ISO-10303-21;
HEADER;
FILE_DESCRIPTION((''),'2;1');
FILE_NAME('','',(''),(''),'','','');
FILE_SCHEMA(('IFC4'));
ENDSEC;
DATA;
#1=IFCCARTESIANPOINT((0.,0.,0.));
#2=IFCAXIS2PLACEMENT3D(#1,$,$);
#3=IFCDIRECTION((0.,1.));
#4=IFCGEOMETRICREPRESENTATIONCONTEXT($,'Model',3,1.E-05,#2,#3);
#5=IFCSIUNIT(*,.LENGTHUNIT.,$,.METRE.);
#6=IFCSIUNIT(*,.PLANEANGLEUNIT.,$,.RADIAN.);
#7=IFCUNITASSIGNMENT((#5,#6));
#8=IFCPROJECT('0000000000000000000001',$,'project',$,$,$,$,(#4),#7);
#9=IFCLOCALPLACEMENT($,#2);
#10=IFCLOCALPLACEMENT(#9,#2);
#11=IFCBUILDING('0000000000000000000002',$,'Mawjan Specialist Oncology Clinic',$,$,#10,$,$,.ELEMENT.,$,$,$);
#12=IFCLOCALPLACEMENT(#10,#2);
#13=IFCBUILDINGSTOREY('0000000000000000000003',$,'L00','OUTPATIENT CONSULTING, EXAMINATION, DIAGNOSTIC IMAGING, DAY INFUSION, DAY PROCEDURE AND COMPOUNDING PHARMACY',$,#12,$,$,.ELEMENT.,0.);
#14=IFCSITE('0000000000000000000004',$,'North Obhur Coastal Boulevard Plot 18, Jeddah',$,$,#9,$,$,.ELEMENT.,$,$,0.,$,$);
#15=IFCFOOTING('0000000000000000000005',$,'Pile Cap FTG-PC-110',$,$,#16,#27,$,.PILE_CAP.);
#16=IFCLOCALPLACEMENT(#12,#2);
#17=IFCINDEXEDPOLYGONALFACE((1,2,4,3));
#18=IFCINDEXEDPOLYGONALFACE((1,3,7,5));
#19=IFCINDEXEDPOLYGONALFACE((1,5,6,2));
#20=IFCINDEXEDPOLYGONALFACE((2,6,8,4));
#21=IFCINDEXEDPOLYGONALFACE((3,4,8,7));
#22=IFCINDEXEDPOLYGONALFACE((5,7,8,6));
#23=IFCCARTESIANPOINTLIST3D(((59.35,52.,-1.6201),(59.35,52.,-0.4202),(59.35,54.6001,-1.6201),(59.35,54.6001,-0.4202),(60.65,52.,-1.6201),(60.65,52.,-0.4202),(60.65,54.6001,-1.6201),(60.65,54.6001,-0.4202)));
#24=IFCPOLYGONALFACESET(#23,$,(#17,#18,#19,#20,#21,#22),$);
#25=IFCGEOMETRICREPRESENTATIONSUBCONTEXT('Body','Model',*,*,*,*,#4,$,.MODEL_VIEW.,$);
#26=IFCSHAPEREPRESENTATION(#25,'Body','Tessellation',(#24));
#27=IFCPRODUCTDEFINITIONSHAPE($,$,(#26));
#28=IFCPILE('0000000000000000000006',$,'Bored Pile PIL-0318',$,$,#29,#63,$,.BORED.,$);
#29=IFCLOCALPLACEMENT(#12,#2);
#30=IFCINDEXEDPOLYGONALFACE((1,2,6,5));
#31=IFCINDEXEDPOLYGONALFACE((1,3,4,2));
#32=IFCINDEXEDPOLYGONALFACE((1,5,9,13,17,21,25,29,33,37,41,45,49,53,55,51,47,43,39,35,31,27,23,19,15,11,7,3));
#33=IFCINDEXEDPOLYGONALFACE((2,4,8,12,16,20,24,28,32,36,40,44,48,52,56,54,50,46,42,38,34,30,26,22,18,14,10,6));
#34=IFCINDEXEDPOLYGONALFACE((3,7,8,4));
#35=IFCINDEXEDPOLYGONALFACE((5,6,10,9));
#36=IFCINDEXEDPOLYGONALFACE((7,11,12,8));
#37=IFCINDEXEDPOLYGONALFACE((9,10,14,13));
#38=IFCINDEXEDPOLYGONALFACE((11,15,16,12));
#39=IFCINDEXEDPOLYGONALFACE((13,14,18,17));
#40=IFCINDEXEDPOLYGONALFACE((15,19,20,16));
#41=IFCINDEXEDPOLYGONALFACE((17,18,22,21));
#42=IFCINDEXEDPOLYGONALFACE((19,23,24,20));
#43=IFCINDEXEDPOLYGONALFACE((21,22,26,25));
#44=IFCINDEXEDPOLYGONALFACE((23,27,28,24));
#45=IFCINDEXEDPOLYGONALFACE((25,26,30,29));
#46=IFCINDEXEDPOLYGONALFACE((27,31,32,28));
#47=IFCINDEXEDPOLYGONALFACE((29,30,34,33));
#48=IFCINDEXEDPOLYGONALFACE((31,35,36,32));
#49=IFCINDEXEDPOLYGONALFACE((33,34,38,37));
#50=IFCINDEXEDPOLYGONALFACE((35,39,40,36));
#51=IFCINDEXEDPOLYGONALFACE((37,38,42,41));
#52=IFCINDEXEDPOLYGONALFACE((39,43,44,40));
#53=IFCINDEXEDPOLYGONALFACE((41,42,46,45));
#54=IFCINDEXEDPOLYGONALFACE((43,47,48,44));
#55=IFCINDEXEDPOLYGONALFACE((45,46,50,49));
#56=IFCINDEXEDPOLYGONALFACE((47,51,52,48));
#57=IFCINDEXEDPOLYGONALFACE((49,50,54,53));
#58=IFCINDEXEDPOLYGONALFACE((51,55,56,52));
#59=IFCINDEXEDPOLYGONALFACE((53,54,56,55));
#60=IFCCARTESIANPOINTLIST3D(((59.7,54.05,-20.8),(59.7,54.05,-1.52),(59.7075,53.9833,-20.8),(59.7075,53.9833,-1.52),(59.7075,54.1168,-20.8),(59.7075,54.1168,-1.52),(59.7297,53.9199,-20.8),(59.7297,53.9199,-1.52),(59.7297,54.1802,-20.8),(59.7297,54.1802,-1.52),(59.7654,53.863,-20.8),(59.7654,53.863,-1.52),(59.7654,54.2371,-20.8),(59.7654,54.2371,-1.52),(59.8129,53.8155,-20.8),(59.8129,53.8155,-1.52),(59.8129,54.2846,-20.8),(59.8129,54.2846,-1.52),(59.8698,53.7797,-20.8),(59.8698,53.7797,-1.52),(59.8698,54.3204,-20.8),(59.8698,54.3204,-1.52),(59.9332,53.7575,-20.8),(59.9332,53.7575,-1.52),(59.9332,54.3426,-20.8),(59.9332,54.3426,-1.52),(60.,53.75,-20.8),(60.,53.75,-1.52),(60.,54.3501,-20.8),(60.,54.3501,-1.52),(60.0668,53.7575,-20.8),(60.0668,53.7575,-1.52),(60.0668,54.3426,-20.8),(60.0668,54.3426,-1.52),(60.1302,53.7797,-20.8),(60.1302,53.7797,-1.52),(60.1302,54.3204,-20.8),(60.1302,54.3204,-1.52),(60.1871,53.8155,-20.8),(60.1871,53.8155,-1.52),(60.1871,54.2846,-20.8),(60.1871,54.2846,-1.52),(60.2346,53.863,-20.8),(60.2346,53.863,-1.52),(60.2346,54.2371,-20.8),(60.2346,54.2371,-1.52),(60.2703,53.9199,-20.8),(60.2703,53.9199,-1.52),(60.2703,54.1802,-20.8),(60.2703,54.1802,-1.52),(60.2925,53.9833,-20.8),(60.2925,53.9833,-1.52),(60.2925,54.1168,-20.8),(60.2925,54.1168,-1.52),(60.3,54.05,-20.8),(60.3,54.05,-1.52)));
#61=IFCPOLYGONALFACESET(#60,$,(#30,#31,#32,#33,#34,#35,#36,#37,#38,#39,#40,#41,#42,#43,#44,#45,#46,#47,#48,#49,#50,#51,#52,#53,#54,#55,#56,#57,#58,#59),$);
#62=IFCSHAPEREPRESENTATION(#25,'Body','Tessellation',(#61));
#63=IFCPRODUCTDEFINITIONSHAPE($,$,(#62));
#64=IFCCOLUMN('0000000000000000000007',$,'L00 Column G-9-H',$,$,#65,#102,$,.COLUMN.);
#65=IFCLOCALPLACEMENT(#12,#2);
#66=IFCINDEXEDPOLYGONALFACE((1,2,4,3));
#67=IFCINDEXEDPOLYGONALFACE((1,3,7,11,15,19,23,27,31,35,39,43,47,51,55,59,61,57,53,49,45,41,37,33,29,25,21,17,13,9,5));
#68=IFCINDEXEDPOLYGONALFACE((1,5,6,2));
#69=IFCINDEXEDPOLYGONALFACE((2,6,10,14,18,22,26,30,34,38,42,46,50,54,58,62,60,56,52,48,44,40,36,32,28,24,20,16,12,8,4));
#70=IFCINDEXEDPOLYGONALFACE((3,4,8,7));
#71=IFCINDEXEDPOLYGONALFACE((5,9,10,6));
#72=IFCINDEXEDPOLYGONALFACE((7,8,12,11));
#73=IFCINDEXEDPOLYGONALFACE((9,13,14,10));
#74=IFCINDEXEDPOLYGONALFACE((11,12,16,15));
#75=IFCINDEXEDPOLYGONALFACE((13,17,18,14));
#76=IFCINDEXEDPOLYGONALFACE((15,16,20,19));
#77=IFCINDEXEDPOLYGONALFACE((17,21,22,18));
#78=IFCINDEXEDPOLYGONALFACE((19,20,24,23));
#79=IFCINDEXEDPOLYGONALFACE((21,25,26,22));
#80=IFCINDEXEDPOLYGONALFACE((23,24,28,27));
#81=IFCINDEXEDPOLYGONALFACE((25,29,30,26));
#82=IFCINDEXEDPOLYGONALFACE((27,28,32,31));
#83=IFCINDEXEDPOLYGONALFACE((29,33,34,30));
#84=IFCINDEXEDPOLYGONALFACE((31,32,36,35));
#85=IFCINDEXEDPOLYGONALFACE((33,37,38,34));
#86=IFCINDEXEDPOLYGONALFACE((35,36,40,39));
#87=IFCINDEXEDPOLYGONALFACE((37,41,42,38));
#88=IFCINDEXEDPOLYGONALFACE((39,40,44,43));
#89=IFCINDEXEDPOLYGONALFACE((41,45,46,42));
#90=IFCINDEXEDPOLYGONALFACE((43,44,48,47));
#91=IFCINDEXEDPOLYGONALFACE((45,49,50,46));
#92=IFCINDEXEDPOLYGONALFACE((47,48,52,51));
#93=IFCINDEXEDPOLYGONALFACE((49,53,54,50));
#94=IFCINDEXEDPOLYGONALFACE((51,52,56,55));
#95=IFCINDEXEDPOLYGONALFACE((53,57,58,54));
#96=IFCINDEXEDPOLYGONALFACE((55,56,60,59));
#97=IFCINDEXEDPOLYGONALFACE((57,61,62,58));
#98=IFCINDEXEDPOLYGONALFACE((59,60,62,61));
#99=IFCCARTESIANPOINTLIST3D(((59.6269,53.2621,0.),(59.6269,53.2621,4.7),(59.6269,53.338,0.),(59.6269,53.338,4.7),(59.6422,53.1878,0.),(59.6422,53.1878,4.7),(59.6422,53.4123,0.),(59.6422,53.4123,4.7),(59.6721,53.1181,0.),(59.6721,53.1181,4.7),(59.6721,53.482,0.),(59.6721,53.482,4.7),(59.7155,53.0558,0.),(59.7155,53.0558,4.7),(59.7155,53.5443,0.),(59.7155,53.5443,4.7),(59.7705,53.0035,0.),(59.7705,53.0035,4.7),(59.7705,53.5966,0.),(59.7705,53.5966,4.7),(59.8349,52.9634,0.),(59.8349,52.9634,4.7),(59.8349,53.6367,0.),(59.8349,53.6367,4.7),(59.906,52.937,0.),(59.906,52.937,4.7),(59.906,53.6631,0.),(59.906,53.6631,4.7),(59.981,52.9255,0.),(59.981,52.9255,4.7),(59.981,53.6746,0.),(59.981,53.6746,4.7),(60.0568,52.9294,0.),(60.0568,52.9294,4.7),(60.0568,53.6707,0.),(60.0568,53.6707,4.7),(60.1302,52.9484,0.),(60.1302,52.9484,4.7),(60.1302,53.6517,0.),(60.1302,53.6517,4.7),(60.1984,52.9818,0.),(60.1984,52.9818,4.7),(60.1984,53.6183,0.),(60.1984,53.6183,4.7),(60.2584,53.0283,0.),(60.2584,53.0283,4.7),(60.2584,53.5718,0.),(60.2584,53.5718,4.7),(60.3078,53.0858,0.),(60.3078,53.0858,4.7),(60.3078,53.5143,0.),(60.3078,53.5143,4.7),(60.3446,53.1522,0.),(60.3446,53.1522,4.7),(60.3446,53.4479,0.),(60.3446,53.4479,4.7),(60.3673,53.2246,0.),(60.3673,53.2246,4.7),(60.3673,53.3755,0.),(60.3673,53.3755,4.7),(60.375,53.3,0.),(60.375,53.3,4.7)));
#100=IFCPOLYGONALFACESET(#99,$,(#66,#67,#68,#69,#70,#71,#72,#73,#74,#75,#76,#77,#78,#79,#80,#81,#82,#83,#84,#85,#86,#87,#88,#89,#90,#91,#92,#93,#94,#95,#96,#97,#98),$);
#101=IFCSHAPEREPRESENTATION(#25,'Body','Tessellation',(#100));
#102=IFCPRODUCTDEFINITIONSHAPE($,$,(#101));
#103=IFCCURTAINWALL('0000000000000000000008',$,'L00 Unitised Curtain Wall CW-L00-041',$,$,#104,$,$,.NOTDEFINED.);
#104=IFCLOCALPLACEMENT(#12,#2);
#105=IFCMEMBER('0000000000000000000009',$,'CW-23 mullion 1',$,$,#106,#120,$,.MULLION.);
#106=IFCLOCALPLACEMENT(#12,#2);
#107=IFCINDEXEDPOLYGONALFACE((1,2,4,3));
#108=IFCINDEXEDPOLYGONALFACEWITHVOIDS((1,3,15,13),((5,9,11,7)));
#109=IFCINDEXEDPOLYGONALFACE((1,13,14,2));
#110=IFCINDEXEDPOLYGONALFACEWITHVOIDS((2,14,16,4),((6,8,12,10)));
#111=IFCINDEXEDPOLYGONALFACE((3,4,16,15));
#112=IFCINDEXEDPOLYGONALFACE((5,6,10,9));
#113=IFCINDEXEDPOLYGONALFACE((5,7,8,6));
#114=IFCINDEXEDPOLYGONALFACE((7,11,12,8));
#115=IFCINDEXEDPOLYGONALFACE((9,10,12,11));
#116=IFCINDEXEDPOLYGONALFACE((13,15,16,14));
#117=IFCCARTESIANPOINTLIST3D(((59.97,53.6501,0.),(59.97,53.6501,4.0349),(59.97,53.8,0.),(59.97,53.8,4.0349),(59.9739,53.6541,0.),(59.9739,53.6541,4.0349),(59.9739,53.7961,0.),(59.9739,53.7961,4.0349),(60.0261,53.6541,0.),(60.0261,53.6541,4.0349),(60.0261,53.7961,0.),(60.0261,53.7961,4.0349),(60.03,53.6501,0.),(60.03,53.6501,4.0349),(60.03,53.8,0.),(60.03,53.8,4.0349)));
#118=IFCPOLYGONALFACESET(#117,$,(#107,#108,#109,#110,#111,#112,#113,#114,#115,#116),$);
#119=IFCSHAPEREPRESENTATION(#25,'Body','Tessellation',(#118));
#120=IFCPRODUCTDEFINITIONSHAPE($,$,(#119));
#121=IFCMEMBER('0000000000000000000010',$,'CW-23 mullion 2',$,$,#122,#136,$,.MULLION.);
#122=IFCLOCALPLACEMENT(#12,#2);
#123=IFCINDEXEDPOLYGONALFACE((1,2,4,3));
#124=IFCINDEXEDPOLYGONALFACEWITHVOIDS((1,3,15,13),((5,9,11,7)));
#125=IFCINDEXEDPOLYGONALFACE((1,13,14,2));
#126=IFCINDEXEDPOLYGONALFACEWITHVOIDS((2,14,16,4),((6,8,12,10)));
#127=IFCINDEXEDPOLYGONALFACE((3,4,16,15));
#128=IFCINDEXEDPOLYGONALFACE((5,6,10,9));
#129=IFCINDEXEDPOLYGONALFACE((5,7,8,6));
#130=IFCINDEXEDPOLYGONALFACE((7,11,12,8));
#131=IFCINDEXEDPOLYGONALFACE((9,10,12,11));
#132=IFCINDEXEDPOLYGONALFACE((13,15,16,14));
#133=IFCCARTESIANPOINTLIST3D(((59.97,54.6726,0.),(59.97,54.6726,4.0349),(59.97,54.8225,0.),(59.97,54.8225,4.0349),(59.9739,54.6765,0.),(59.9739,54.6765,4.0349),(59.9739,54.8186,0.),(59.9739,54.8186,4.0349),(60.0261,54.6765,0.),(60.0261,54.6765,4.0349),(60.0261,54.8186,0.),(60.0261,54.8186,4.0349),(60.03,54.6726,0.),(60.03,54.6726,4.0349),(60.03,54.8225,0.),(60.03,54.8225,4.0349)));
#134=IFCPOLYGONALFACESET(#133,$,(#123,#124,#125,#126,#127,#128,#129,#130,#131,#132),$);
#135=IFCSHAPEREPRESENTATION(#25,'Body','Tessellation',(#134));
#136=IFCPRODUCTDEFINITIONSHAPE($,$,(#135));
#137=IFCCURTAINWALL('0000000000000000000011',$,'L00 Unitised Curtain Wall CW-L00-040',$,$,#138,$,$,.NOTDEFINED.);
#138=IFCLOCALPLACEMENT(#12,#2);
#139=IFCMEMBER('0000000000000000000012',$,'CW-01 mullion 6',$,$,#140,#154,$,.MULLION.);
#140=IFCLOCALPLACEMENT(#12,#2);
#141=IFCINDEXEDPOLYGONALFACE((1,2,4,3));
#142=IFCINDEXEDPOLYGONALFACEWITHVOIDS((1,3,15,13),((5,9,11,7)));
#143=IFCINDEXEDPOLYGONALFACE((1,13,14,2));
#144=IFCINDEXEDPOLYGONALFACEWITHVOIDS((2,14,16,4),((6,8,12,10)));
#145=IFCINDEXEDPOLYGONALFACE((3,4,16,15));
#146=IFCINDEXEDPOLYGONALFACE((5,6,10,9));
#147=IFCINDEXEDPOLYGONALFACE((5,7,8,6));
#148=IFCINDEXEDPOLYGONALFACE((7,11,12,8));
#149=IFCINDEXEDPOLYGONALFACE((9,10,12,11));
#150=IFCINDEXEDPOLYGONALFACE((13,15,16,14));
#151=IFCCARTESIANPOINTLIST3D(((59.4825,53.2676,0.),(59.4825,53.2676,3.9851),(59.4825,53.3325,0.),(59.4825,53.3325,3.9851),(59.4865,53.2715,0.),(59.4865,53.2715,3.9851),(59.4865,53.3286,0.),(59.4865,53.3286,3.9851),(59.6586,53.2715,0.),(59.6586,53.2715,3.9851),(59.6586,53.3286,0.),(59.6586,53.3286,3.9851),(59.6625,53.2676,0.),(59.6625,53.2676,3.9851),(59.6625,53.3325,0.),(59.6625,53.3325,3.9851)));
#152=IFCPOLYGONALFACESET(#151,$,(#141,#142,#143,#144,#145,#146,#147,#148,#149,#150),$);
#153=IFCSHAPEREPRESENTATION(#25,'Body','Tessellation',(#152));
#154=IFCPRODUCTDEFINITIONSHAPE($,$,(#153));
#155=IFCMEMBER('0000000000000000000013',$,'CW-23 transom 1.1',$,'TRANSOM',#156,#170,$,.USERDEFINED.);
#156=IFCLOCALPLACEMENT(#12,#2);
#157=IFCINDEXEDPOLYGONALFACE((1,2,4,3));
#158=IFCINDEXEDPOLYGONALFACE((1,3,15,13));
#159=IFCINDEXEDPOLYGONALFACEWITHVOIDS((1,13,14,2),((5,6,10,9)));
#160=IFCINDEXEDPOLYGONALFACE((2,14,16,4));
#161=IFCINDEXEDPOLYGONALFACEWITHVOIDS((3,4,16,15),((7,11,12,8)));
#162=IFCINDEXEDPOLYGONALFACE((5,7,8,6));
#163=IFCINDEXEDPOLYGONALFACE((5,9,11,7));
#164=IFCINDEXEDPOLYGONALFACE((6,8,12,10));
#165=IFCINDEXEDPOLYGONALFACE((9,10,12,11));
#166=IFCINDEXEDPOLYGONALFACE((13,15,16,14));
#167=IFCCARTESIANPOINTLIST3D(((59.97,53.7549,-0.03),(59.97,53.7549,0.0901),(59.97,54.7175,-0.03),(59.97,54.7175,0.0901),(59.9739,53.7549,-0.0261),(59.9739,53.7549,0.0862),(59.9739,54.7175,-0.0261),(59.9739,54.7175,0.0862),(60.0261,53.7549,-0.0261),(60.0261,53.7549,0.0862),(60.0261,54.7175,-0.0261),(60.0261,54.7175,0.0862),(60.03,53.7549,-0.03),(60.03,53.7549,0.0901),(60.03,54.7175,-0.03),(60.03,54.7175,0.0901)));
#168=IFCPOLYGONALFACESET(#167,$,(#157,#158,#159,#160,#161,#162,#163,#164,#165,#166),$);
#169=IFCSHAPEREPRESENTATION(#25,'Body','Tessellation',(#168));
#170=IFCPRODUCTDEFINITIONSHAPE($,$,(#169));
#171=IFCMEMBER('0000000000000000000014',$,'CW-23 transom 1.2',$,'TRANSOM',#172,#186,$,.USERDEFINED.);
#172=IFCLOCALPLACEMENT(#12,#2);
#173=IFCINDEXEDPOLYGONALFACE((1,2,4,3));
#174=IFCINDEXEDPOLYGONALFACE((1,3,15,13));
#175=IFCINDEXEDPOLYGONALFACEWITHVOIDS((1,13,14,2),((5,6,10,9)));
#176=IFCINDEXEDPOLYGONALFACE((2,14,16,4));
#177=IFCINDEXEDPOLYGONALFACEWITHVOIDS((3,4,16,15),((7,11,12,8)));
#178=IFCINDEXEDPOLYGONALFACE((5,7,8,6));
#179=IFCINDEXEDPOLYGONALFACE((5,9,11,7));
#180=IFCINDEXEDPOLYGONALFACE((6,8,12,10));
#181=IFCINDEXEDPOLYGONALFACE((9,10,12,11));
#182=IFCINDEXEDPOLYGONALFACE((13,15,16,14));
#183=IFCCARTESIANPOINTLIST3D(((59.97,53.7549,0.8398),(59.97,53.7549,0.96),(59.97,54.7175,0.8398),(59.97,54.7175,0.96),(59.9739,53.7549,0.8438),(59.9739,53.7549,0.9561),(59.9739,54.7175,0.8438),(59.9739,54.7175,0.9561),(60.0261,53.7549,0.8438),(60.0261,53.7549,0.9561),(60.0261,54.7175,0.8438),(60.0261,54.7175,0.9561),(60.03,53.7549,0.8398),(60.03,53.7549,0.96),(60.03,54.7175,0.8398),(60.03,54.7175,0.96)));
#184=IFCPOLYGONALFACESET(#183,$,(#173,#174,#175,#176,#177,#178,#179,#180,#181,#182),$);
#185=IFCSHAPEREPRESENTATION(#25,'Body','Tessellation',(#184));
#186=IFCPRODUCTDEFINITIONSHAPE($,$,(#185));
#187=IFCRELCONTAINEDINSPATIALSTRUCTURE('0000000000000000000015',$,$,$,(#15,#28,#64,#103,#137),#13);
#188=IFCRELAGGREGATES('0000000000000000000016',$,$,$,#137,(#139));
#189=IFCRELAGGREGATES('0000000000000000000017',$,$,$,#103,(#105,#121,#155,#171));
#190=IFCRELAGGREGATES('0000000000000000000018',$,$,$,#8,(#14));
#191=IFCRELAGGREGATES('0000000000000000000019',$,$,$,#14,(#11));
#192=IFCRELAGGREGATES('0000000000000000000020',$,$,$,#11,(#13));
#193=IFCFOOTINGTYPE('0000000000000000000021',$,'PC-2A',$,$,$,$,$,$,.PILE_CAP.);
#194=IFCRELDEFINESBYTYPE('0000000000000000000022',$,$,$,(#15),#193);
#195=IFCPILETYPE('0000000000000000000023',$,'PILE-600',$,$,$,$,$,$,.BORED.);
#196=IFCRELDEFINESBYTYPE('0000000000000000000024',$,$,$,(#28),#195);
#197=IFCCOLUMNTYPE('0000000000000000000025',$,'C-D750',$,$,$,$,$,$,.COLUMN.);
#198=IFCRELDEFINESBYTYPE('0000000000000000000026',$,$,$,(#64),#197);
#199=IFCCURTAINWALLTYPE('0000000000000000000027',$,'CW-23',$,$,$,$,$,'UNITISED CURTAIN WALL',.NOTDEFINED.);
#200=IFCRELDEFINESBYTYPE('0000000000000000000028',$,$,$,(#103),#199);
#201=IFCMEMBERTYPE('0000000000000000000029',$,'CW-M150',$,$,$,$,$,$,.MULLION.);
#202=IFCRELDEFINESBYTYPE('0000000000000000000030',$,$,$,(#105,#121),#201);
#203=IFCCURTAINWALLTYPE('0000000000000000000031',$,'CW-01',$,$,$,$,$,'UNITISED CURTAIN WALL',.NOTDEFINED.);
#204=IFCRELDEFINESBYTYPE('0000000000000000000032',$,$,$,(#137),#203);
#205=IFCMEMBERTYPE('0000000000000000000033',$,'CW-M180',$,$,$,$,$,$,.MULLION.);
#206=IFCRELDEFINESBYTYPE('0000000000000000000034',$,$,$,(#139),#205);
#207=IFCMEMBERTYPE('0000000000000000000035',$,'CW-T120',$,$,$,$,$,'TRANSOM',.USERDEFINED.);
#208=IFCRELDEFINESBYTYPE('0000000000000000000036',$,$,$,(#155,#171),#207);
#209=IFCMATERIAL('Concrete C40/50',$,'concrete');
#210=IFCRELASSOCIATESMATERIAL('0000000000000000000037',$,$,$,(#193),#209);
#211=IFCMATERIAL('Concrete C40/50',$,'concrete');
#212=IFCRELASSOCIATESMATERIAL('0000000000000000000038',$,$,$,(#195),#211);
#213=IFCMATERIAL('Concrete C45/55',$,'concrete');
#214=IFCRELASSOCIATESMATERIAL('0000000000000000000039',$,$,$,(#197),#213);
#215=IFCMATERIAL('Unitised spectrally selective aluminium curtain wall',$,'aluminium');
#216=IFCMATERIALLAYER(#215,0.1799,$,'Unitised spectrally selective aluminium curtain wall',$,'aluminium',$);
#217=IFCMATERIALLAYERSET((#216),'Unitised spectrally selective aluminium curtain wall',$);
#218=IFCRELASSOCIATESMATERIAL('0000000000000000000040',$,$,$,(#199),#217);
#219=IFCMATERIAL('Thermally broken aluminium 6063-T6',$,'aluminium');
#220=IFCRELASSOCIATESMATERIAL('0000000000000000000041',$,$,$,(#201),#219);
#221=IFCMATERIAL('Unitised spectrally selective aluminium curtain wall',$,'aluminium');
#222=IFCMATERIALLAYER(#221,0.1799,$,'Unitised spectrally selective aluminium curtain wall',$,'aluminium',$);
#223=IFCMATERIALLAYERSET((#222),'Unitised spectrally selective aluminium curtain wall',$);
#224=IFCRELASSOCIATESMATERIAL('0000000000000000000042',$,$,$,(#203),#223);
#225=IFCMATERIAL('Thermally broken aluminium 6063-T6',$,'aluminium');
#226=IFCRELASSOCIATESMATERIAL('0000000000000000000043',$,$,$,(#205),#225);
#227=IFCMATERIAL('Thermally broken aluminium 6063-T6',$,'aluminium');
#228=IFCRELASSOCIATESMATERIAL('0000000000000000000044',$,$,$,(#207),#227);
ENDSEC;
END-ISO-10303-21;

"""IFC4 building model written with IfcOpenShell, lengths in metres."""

from ifc_helpers import new_model, si_unit, direction, frame, origin, origin_2d, place, context, subcontext, project, spatial, rectangle, hollow_rectangle, circle, extrude, material, layer, layer_set, material_profile, profile_set, type_object, element, aggregate, save


model = new_model("IFC4")

# Units and contexts
model_context = context("Model", 3, precision=1e-05, world=origin(), true_north=direction((0.0, 1.0)))
body_context = subcontext(model_context, "Body", "Model", "MODEL_VIEW")
ifc_project = project(units=[si_unit("LENGTHUNIT", "METRE"), si_unit("PLANEANGLEUNIT", "RADIAN")], contexts=[model_context])

# Site, building, storey
site_placement = place(None, origin())
site = spatial("IfcSite", under=ifc_project, at=site_placement, Name="North Obhur Coastal Boulevard Plot 18, Jeddah", CompositionType="ELEMENT", RefElevation=0.0)
building_placement = place(site_placement, origin())
building = spatial("IfcBuilding", under=site, at=building_placement, Name="Mawjan Specialist Oncology Clinic", CompositionType="ELEMENT")
storey_placement = place(building_placement, origin())
storey = spatial("IfcBuildingStorey", under=building, at=storey_placement, Name="L00", Description="OUTPATIENT CONSULTING, EXAMINATION, DIAGNOSTIC IMAGING, DAY INFUSION, DAY PROCEDURE AND COMPOUNDING PHARMACY", CompositionType="ELEMENT", Elevation=0.0)

# Footing
ifc_material_1 = material(Name="Concrete C40/50", Category="concrete")
footing_type = type_object("IfcFootingType", Name="PC-2A", PredefinedType="PILE_CAP", material=ifc_material_1)
footing_placement = place(storey_placement, frame((60.0, 53.3, -1.6201), z_axis=(0.0, 0.0, 1.0), x_axis=(0.0, 1.0, 0.0)))
element("IfcFooting", 1, at=footing_placement, inside=storey, type_object=footing_type, Name="Pile Cap FTG-PC-110", PredefinedType="PILE_CAP", context=body_context, shape_type="SweptSolid", body=[
    extrude(rectangle(XDim=2.6001, YDim=1.3, at=origin_2d()), origin(), (0.0, 0.0, 1.0), 1.2),
])

# Pile
ifc_material_2 = material(Name="Concrete C40/50", Category="concrete")
ifc_material_profile_1 = material_profile(ifc_material_2, circle(Radius=0.3, at=origin_2d()), Name="BORED PILE D600", Category="concrete")
ifc_profile_set_1 = profile_set([ifc_material_profile_1], Name="Concrete C40/50")
pile_type = type_object("IfcPileType", Name="PILE-600", PredefinedType="BORED", material=ifc_profile_set_1)
pile_placement = place(storey_placement, frame((60.0, 54.05, -1.52), z_axis=(0.0, 0.0, -1.0), x_axis=(1.0, 0.0, 0.0)))
element("IfcPile", 2, at=pile_placement, inside=storey, type_object=pile_type, Name="Bored Pile PIL-0318", PredefinedType="BORED", context=body_context, shape_type="SweptSolid", body=[
    extrude(circle(Radius=0.3, at=origin_2d()), origin(), (0.0, 0.0, 1.0), 19.28),
])

# Column
ifc_material_3 = material(Name="Concrete C45/55", Category="concrete")
ifc_material_profile_2 = material_profile(ifc_material_3, circle(Radius=0.375, at=origin_2d()), Name="RC COL D750", Category="concrete")
ifc_profile_set_2 = profile_set([ifc_material_profile_2], Name="Concrete C45/55")
column_type = type_object("IfcColumnType", Name="C-D750", PredefinedType="COLUMN", material=ifc_profile_set_2)
column_placement = place(storey_placement, frame((60.0, 53.3, 0.0), z_axis=(0.0, 0.0, 1.0), x_axis=(1.0, 0.0, 0.0)))
element("IfcColumn", 3, at=column_placement, inside=storey, type_object=column_type, Name="L00 Column G-9-H", PredefinedType="COLUMN", context=body_context, shape_type="SweptSolid", body=[
    extrude(circle(Radius=0.375, at=origin_2d()), origin(), (0.0, 0.0, 1.0), 4.7),
])

# Curtain wall, members
ifc_material_4 = material(Name="Unitised spectrally selective aluminium curtain wall", Category="aluminium")
ifc_layer_1 = layer(ifc_material_4, 0.1799, Name="Unitised spectrally selective aluminium curtain wall", Category="aluminium")
ifc_layer_set_1 = layer_set([ifc_layer_1], Name="Unitised spectrally selective aluminium curtain wall")
curtain_wall_type_1 = type_object("IfcCurtainWallType", Name="CW-23", ElementType="UNITISED CURTAIN WALL", PredefinedType="NOTDEFINED", material=ifc_layer_set_1)
curtain_wall_1_placement = place(storey_placement, origin())
curtain_wall_1 = element("IfcCurtainWall", 4, at=curtain_wall_1_placement, inside=storey, type_object=curtain_wall_type_1, Name="L00 Unitised Curtain Wall CW-L00-041", PredefinedType="NOTDEFINED")
ifc_material_5 = material(Name="Thermally broken aluminium 6063-T6", Category="aluminium")
ifc_material_profile_3 = material_profile(ifc_material_5, hollow_rectangle(XDim=0.0601, YDim=0.1499, WallThickness=0.0039, at=origin_2d()), Name="ALU MULLION 150x60x4", Category="aluminium")
ifc_profile_set_3 = profile_set([ifc_material_profile_3], Name="Thermally broken aluminium 6063-T6")
member_type_1 = type_object("IfcMemberType", Name="CW-M150", PredefinedType="MULLION", material=ifc_profile_set_3)
member_1_placement = place(storey_placement, frame((60.0, 53.7251, 0.0), z_axis=(0.0, 0.0, 1.0), x_axis=(-1.0, 0.0, 0.0)))
member_1 = element("IfcMember", 5, at=member_1_placement, type_object=member_type_1, Name="CW-23 mullion 1", PredefinedType="MULLION", context=body_context, shape_type="SweptSolid", body=[
    extrude(hollow_rectangle(XDim=0.0601, YDim=0.1499, WallThickness=0.0039, at=origin_2d()), origin(), (0.0, 0.0, 1.0), 4.0349),
])
member_2_placement = place(storey_placement, frame((60.0, 54.7476, 0.0), z_axis=(0.0, 0.0, 1.0), x_axis=(-1.0, 0.0, 0.0)))
member_2 = element("IfcMember", 6, at=member_2_placement, type_object=member_type_1, Name="CW-23 mullion 2", PredefinedType="MULLION", context=body_context, shape_type="SweptSolid", body=[
    extrude(hollow_rectangle(XDim=0.0601, YDim=0.1499, WallThickness=0.0039, at=origin_2d()), origin(), (0.0, 0.0, 1.0), 4.0349),
])

# Curtain wall, member
ifc_material_6 = material(Name="Unitised spectrally selective aluminium curtain wall", Category="aluminium")
ifc_layer_2 = layer(ifc_material_6, 0.1799, Name="Unitised spectrally selective aluminium curtain wall", Category="aluminium")
ifc_layer_set_2 = layer_set([ifc_layer_2], Name="Unitised spectrally selective aluminium curtain wall")
curtain_wall_type_2 = type_object("IfcCurtainWallType", Name="CW-01", ElementType="UNITISED CURTAIN WALL", PredefinedType="NOTDEFINED", material=ifc_layer_set_2)
curtain_wall_2_placement = place(storey_placement, origin())
curtain_wall_2 = element("IfcCurtainWall", 7, at=curtain_wall_2_placement, inside=storey, type_object=curtain_wall_type_2, Name="L00 Unitised Curtain Wall CW-L00-040", PredefinedType="NOTDEFINED")
ifc_material_7 = material(Name="Thermally broken aluminium 6063-T6", Category="aluminium")
ifc_material_profile_4 = material_profile(ifc_material_7, hollow_rectangle(XDim=0.0649, YDim=0.1799, WallThickness=0.0039, at=origin_2d()), Name="ALU MULLION 180x65x4", Category="aluminium")
ifc_profile_set_4 = profile_set([ifc_material_profile_4], Name="Thermally broken aluminium 6063-T6")
member_type_2 = type_object("IfcMemberType", Name="CW-M180", PredefinedType="MULLION", material=ifc_profile_set_4)
member_3_placement = place(storey_placement, frame((59.5725, 53.3, 0.0), z_axis=(0.0, 0.0, 1.0), x_axis=(0.0, 1.0, 0.0)))
member_3 = element("IfcMember", 8, at=member_3_placement, type_object=member_type_2, Name="CW-01 mullion 6", PredefinedType="MULLION", context=body_context, shape_type="SweptSolid", body=[
    extrude(hollow_rectangle(XDim=0.0649, YDim=0.1799, WallThickness=0.0039, at=origin_2d()), origin(), (0.0, 0.0, 1.0), 3.9851),
])

# Members
ifc_material_8 = material(Name="Thermally broken aluminium 6063-T6", Category="aluminium")
ifc_material_profile_5 = material_profile(ifc_material_8, hollow_rectangle(XDim=0.0601, YDim=0.1201, WallThickness=0.0039, at=origin_2d()), Name="ALU TRANSOM 120x60x4", Category="aluminium")
ifc_profile_set_5 = profile_set([ifc_material_profile_5], Name="Thermally broken aluminium 6063-T6")
member_type_3 = type_object("IfcMemberType", Name="CW-T120", ElementType="TRANSOM", PredefinedType="USERDEFINED", material=ifc_profile_set_5)
member_4_placement = place(storey_placement, frame((60.0, 53.7549, 0.03), z_axis=(0.0, 1.0, 0.0), x_axis=(-1.0, 0.0, 0.0)))
member_4 = element("IfcMember", 9, at=member_4_placement, type_object=member_type_3, Name="CW-23 transom 1.1", ObjectType="TRANSOM", PredefinedType="USERDEFINED", context=body_context, shape_type="SweptSolid", body=[
    extrude(hollow_rectangle(XDim=0.0601, YDim=0.1201, WallThickness=0.0039, at=origin_2d()), origin(), (0.0, 0.0, 1.0), 0.9626),
])
member_5_placement = place(storey_placement, frame((60.0, 53.7549, 0.8999), z_axis=(0.0, 1.0, 0.0), x_axis=(-1.0, 0.0, 0.0)))
member_5 = element("IfcMember", 10, at=member_5_placement, type_object=member_type_3, Name="CW-23 transom 1.2", ObjectType="TRANSOM", PredefinedType="USERDEFINED", context=body_context, shape_type="SweptSolid", body=[
    extrude(hollow_rectangle(XDim=0.0601, YDim=0.1201, WallThickness=0.0039, at=origin_2d()), origin(), (0.0, 0.0, 1.0), 0.9626),
])

aggregate(curtain_wall_2, [member_3])
aggregate(curtain_wall_1, [member_1, member_2, member_4, member_5])

save(model, "model.ifc")
